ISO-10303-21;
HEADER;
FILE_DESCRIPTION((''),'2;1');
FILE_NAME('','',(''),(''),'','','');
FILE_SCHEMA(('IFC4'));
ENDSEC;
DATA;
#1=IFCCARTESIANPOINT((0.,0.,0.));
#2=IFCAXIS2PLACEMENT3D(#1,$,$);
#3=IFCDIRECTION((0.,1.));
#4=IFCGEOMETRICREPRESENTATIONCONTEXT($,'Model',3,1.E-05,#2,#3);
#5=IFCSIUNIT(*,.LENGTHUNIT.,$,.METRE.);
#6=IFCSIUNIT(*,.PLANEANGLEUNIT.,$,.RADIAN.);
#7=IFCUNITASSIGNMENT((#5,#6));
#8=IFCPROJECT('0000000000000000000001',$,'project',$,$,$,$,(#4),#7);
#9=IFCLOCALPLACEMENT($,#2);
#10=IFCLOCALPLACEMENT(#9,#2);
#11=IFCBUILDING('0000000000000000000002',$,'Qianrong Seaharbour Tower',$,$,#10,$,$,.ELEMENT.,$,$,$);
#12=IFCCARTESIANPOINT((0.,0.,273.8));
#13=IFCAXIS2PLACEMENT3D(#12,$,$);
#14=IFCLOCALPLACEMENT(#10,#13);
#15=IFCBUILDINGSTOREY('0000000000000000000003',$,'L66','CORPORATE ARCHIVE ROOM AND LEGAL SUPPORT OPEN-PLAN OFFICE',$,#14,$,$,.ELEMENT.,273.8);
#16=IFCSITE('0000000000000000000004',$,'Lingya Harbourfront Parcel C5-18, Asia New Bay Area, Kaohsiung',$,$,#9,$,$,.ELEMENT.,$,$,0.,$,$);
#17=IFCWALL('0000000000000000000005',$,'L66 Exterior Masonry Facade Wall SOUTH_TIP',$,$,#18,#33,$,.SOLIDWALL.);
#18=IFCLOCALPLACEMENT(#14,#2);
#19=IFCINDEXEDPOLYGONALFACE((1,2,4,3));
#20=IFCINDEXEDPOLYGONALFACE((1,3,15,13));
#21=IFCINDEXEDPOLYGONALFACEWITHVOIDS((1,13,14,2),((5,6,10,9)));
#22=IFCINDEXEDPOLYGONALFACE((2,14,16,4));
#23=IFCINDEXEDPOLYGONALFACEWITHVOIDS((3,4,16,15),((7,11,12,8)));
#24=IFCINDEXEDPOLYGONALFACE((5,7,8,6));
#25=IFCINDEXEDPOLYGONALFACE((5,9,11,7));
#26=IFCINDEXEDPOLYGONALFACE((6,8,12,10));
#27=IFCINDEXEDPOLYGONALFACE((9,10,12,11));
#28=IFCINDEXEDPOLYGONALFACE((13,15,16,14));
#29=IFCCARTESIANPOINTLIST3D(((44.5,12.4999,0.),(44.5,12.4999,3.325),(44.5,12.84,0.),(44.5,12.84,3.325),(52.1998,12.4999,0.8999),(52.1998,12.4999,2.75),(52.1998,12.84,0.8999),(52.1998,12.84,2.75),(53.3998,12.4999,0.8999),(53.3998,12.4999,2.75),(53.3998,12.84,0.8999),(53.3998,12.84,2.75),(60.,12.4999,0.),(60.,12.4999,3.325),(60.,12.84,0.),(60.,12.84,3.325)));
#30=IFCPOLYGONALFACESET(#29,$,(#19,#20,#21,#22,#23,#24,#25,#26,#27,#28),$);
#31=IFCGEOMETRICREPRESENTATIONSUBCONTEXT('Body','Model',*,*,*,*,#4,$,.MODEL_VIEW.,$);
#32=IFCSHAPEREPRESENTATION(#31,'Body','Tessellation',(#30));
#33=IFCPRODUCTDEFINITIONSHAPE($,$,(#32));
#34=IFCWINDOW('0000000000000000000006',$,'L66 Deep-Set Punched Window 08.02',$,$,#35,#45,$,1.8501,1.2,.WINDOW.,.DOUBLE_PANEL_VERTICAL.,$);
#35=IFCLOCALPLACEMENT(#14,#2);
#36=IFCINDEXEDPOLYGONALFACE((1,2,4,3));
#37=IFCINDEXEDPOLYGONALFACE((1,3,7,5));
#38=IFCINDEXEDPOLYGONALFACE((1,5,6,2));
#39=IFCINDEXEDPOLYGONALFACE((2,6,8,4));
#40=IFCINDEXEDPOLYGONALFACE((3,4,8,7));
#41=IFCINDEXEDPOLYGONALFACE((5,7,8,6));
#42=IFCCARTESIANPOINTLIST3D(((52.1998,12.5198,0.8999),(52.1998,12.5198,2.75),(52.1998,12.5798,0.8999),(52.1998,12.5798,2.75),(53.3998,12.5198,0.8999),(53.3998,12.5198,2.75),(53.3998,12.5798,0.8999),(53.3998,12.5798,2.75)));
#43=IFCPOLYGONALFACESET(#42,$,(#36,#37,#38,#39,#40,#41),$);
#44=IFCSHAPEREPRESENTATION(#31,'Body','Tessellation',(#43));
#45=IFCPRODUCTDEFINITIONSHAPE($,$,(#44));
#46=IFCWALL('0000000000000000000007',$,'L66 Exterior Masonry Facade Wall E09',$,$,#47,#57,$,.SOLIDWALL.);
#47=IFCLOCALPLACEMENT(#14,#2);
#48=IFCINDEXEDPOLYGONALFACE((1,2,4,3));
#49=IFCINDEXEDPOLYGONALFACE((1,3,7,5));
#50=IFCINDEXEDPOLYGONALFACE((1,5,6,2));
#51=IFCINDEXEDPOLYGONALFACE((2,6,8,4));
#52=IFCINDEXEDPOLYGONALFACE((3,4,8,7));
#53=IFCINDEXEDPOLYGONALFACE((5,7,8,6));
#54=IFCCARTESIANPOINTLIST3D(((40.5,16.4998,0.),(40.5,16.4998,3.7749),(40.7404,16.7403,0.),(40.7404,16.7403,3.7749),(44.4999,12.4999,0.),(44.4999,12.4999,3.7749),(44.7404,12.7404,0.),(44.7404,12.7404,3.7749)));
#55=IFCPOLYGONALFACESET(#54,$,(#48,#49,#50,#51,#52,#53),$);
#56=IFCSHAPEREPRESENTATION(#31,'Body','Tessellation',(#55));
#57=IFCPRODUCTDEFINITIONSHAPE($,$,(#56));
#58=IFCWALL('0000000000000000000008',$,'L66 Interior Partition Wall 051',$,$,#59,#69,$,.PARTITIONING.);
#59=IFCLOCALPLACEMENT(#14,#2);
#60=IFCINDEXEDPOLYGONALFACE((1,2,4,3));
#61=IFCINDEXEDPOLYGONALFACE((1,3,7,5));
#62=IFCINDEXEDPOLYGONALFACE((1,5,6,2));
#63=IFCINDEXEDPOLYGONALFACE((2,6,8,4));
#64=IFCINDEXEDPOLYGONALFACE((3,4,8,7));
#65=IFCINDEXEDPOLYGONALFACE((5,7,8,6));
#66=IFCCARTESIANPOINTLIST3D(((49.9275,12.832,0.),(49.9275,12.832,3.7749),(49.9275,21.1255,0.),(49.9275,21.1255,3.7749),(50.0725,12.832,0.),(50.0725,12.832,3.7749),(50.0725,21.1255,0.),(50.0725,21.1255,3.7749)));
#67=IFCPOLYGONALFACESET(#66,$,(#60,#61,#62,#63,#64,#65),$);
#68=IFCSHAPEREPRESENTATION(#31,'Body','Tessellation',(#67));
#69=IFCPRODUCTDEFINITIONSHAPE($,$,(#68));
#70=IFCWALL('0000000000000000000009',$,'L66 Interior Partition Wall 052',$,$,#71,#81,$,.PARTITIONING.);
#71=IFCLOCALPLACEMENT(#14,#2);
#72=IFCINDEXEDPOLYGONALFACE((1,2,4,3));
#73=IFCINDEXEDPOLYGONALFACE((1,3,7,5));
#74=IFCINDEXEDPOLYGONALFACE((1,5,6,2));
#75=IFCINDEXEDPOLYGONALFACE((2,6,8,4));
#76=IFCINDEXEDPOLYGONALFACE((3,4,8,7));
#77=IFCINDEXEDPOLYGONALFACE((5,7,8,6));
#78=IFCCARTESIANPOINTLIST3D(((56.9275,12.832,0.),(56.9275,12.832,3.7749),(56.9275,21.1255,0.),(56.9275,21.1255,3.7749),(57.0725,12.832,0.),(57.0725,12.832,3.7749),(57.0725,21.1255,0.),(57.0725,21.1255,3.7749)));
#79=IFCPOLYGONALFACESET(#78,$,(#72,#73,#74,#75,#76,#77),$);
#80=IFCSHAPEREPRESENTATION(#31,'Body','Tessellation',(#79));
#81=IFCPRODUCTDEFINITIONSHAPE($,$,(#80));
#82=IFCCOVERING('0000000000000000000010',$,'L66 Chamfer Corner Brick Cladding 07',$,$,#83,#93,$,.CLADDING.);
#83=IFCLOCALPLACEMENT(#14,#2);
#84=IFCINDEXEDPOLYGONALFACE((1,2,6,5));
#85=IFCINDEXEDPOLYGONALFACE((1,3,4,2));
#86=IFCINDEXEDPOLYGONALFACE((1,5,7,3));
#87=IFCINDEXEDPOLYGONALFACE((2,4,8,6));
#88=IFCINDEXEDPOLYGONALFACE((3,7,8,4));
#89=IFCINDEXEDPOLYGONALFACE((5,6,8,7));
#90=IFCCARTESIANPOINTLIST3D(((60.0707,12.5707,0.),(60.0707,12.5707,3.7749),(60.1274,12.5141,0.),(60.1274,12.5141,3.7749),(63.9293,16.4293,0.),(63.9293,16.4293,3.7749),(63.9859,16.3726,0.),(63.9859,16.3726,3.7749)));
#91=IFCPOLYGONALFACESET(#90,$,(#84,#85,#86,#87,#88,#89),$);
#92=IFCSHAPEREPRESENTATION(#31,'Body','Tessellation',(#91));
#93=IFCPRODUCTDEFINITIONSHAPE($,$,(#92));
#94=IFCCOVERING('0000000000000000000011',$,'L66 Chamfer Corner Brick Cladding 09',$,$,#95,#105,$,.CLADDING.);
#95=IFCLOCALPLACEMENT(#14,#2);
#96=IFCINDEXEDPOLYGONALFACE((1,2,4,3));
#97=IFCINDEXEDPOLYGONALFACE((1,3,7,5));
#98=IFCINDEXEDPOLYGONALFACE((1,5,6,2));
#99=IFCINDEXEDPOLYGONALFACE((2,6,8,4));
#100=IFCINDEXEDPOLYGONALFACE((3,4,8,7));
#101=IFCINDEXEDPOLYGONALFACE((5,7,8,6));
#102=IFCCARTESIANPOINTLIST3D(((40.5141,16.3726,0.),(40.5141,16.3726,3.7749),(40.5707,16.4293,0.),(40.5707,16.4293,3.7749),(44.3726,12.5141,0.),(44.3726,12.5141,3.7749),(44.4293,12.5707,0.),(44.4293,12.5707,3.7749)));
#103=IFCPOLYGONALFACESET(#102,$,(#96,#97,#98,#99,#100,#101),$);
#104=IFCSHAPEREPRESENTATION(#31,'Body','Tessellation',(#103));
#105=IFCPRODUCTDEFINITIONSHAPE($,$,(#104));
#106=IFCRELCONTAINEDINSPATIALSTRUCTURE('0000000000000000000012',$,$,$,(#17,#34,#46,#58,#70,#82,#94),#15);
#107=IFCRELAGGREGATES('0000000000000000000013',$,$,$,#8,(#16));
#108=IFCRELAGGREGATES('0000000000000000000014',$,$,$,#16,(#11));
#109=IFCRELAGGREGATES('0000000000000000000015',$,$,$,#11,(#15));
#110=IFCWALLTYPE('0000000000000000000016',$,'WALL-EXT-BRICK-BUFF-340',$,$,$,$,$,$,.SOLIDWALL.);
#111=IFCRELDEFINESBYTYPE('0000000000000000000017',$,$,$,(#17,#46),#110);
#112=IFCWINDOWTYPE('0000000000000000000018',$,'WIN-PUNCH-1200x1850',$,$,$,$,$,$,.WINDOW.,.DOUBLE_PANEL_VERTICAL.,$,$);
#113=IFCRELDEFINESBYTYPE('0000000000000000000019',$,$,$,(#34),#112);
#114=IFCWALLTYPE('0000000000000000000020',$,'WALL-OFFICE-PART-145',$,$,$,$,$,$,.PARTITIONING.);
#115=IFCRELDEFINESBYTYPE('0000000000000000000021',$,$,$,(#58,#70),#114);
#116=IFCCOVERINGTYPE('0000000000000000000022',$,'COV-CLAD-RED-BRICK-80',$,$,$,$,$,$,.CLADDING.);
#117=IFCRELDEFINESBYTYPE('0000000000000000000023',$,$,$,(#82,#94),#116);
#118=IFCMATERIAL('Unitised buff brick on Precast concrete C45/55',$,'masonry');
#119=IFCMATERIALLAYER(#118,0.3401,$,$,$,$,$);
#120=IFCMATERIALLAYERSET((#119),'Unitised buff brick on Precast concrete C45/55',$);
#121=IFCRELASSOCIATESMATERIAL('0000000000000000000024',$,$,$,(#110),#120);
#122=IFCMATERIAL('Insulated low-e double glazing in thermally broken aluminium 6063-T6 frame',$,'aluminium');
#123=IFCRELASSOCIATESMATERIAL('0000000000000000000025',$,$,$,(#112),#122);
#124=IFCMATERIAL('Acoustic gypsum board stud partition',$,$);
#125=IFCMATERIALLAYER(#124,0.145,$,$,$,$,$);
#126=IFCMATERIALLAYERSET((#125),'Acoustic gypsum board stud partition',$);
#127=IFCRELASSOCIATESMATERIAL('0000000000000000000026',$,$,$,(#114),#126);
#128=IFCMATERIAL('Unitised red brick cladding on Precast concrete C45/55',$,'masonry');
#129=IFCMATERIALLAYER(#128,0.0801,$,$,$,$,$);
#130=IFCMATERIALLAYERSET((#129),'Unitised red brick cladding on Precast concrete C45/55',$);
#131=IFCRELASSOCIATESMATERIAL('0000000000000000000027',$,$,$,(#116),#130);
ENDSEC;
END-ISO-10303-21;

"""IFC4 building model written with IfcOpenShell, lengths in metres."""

from ifc_helpers import new_model, si_unit, direction, frame, frame_2d, origin, origin_2d, place, context, subcontext, project, spatial, rectangle, extrude, material, layer, layer_set, type_object, element, fill, save


model = new_model("IFC4")

# Units and contexts
model_context = context("Model", 3, precision=1e-05, world=origin(), true_north=direction((0.0, 1.0)))
body_context = subcontext(model_context, "Body", "Model", "MODEL_VIEW")
ifc_project = project(units=[si_unit("LENGTHUNIT", "METRE"), si_unit("PLANEANGLEUNIT", "RADIAN")], contexts=[model_context])

# Site, building, storey
site_placement = place(None, origin())
site = spatial("IfcSite", under=ifc_project, at=site_placement, Name="Lingya Harbourfront Parcel C5-18, Asia New Bay Area, Kaohsiung", CompositionType="ELEMENT", RefElevation=0.0)
building_placement = place(site_placement, origin())
building = spatial("IfcBuilding", under=site, at=building_placement, Name="Qianrong Seaharbour Tower", CompositionType="ELEMENT")
storey_placement = place(building_placement, frame((0.0, 0.0, 273.8)))
storey = spatial("IfcBuildingStorey", under=building, at=storey_placement, Name="L66", Description="CORPORATE ARCHIVE ROOM AND LEGAL SUPPORT OPEN-PLAN OFFICE", CompositionType="ELEMENT", Elevation=273.8)

# Shared definitions
ifc_material_1 = material(Name="Unitised buff brick on Precast concrete C45/55", Category="masonry")
ifc_layer_1 = layer(ifc_material_1, 0.3401)
ifc_layer_set_1 = layer_set([ifc_layer_1], Name="Unitised buff brick on Precast concrete C45/55")
wall_type_1 = type_object("IfcWallType", Name="WALL-EXT-BRICK-BUFF-340", PredefinedType="SOLIDWALL", material=ifc_layer_set_1)

# Wall, opening, window
wall_1_placement = place(storey_placement, frame((60.0, 12.6699, 0.0), z_axis=(0.0, 0.0, 1.0), x_axis=(-1.0, 0.0, 0.0)))
wall_1 = element("IfcWall", 1, at=wall_1_placement, inside=storey, type_object=wall_type_1, Name="L66 Exterior Masonry Facade Wall SOUTH_TIP", PredefinedType="SOLIDWALL", context=body_context, shape_type="SweptSolid", body=[
    extrude(rectangle(XDim=15.5, YDim=0.3401, at=frame_2d((7.75, 0.0))), origin(), (0.0, 0.0, 1.0), 3.325),
])
opening_1_placement = place(wall_1_placement, frame((6.6001, 0.0, 0.8999)))
opening_1 = element("IfcOpeningElement", 2, at=opening_1_placement, cuts=wall_1, PredefinedType="OPENING", context=body_context, shape_type="SweptSolid", body=[
    extrude(rectangle(XDim=1.2, YDim=1.8501, at=frame_2d((0.6001, 0.925))), frame((0.0, 0.1802, 0.0), z_axis=(0.0, -1.0, 0.0), x_axis=(1.0, 0.0, 0.0)), (0.0, 0.0, 1.0), 0.3601),
])
ifc_material_2 = material(Name="Insulated low-e double glazing in thermally broken aluminium 6063-T6 frame", Category="aluminium")
window_type = type_object("IfcWindowType", Name="WIN-PUNCH-1200x1850", PartitioningType="DOUBLE_PANEL_VERTICAL", PredefinedType="WINDOW", material=ifc_material_2)
window_placement = place(opening_1_placement, origin())
window = element("IfcWindow", 3, at=window_placement, inside=storey, type_object=window_type, Name="L66 Deep-Set Punched Window 08.02", OverallHeight=1.8501, OverallWidth=1.2, PartitioningType="DOUBLE_PANEL_VERTICAL", PredefinedType="WINDOW", context=body_context, shape_type="SweptSolid", body=[
    extrude(rectangle(XDim=1.2, YDim=1.8501, at=frame_2d((0.6001, 0.925))), frame((0.0, 0.1501, 0.0), z_axis=(0.0, -1.0, 0.0), x_axis=(1.0, 0.0, 0.0)), (0.0, 0.0, 1.0), 0.0601),
])
fill(opening_1, window)

# Walls
wall_2_placement = place(storey_placement, frame((44.6201, 12.6201, 0.0), z_axis=(0.0, 0.0, 1.0), x_axis=(-0.707107, 0.707107, 0.0)))
element("IfcWall", 4, at=wall_2_placement, inside=storey, type_object=wall_type_1, Name="L66 Exterior Masonry Facade Wall E09", PredefinedType="SOLIDWALL", context=body_context, shape_type="SweptSolid", body=[
    extrude(rectangle(XDim=5.6567, YDim=0.3401, at=frame_2d((2.8284, 0.0))), origin(), (0.0, 0.0, 1.0), 3.7749),
])
ifc_material_3 = material(Name="Acoustic gypsum board stud partition")
ifc_layer_2 = layer(ifc_material_3, 0.145)
ifc_layer_set_2 = layer_set([ifc_layer_2], Name="Acoustic gypsum board stud partition")
wall_type_2 = type_object("IfcWallType", Name="WALL-OFFICE-PART-145", PredefinedType="PARTITIONING", material=ifc_layer_set_2)
for number, where, z_axis, x_axis, name in (
    (5, (50.0, 21.1255, 0.0), (0.0, 0.0, 1.0), (0.0, -1.0, 0.0), "L66 Interior Partition Wall 051"),
    (6, (57.0, 21.1255, 0.0), (0.0, 0.0, 1.0), (0.0, -1.0, 0.0), "L66 Interior Partition Wall 052"),
):
    element("IfcWall", number, at=place(storey_placement, frame(where, z_axis=z_axis, x_axis=x_axis)), inside=storey, type_object=wall_type_2, Name=name, PredefinedType="PARTITIONING", context=body_context, shape_type="SweptSolid", body=[
        extrude(rectangle(XDim=8.2935, YDim=0.145, at=frame_2d((4.1467, 0.0))), origin(), (0.0, 0.0, 1.0), 3.7749),
    ])

# Coverings
ifc_material_4 = material(Name="Unitised red brick cladding on Precast concrete C45/55", Category="masonry")
ifc_layer_3 = layer(ifc_material_4, 0.0801)
ifc_layer_set_3 = layer_set([ifc_layer_3], Name="Unitised red brick cladding on Precast concrete C45/55")
covering_type = type_object("IfcCoveringType", Name="COV-CLAD-RED-BRICK-80", PredefinedType="CLADDING", material=ifc_layer_set_3)
for number, where, z_axis, x_axis, name in (
    (7, (62.0283, 14.4717, 0.0), (0.0, 0.0, 1.0), (-0.707107, -0.707107, 0.0), "L66 Chamfer Corner Brick Cladding 07"),
    (8, (42.4717, 14.4717, 0.0), (0.0, 0.0, 1.0), (-0.707107, 0.707107, 0.0), "L66 Chamfer Corner Brick Cladding 09"),
):
    element("IfcCovering", number, at=place(storey_placement, frame(where, z_axis=z_axis, x_axis=x_axis)), inside=storey, type_object=covering_type, Name=name, PredefinedType="CLADDING", context=body_context, shape_type="SweptSolid", body=[
        extrude(rectangle(XDim=5.4568, YDim=0.0801, at=origin_2d()), origin(), (0.0, 0.0, 1.0), 3.7749),
    ])

save(model, "model.ifc")
